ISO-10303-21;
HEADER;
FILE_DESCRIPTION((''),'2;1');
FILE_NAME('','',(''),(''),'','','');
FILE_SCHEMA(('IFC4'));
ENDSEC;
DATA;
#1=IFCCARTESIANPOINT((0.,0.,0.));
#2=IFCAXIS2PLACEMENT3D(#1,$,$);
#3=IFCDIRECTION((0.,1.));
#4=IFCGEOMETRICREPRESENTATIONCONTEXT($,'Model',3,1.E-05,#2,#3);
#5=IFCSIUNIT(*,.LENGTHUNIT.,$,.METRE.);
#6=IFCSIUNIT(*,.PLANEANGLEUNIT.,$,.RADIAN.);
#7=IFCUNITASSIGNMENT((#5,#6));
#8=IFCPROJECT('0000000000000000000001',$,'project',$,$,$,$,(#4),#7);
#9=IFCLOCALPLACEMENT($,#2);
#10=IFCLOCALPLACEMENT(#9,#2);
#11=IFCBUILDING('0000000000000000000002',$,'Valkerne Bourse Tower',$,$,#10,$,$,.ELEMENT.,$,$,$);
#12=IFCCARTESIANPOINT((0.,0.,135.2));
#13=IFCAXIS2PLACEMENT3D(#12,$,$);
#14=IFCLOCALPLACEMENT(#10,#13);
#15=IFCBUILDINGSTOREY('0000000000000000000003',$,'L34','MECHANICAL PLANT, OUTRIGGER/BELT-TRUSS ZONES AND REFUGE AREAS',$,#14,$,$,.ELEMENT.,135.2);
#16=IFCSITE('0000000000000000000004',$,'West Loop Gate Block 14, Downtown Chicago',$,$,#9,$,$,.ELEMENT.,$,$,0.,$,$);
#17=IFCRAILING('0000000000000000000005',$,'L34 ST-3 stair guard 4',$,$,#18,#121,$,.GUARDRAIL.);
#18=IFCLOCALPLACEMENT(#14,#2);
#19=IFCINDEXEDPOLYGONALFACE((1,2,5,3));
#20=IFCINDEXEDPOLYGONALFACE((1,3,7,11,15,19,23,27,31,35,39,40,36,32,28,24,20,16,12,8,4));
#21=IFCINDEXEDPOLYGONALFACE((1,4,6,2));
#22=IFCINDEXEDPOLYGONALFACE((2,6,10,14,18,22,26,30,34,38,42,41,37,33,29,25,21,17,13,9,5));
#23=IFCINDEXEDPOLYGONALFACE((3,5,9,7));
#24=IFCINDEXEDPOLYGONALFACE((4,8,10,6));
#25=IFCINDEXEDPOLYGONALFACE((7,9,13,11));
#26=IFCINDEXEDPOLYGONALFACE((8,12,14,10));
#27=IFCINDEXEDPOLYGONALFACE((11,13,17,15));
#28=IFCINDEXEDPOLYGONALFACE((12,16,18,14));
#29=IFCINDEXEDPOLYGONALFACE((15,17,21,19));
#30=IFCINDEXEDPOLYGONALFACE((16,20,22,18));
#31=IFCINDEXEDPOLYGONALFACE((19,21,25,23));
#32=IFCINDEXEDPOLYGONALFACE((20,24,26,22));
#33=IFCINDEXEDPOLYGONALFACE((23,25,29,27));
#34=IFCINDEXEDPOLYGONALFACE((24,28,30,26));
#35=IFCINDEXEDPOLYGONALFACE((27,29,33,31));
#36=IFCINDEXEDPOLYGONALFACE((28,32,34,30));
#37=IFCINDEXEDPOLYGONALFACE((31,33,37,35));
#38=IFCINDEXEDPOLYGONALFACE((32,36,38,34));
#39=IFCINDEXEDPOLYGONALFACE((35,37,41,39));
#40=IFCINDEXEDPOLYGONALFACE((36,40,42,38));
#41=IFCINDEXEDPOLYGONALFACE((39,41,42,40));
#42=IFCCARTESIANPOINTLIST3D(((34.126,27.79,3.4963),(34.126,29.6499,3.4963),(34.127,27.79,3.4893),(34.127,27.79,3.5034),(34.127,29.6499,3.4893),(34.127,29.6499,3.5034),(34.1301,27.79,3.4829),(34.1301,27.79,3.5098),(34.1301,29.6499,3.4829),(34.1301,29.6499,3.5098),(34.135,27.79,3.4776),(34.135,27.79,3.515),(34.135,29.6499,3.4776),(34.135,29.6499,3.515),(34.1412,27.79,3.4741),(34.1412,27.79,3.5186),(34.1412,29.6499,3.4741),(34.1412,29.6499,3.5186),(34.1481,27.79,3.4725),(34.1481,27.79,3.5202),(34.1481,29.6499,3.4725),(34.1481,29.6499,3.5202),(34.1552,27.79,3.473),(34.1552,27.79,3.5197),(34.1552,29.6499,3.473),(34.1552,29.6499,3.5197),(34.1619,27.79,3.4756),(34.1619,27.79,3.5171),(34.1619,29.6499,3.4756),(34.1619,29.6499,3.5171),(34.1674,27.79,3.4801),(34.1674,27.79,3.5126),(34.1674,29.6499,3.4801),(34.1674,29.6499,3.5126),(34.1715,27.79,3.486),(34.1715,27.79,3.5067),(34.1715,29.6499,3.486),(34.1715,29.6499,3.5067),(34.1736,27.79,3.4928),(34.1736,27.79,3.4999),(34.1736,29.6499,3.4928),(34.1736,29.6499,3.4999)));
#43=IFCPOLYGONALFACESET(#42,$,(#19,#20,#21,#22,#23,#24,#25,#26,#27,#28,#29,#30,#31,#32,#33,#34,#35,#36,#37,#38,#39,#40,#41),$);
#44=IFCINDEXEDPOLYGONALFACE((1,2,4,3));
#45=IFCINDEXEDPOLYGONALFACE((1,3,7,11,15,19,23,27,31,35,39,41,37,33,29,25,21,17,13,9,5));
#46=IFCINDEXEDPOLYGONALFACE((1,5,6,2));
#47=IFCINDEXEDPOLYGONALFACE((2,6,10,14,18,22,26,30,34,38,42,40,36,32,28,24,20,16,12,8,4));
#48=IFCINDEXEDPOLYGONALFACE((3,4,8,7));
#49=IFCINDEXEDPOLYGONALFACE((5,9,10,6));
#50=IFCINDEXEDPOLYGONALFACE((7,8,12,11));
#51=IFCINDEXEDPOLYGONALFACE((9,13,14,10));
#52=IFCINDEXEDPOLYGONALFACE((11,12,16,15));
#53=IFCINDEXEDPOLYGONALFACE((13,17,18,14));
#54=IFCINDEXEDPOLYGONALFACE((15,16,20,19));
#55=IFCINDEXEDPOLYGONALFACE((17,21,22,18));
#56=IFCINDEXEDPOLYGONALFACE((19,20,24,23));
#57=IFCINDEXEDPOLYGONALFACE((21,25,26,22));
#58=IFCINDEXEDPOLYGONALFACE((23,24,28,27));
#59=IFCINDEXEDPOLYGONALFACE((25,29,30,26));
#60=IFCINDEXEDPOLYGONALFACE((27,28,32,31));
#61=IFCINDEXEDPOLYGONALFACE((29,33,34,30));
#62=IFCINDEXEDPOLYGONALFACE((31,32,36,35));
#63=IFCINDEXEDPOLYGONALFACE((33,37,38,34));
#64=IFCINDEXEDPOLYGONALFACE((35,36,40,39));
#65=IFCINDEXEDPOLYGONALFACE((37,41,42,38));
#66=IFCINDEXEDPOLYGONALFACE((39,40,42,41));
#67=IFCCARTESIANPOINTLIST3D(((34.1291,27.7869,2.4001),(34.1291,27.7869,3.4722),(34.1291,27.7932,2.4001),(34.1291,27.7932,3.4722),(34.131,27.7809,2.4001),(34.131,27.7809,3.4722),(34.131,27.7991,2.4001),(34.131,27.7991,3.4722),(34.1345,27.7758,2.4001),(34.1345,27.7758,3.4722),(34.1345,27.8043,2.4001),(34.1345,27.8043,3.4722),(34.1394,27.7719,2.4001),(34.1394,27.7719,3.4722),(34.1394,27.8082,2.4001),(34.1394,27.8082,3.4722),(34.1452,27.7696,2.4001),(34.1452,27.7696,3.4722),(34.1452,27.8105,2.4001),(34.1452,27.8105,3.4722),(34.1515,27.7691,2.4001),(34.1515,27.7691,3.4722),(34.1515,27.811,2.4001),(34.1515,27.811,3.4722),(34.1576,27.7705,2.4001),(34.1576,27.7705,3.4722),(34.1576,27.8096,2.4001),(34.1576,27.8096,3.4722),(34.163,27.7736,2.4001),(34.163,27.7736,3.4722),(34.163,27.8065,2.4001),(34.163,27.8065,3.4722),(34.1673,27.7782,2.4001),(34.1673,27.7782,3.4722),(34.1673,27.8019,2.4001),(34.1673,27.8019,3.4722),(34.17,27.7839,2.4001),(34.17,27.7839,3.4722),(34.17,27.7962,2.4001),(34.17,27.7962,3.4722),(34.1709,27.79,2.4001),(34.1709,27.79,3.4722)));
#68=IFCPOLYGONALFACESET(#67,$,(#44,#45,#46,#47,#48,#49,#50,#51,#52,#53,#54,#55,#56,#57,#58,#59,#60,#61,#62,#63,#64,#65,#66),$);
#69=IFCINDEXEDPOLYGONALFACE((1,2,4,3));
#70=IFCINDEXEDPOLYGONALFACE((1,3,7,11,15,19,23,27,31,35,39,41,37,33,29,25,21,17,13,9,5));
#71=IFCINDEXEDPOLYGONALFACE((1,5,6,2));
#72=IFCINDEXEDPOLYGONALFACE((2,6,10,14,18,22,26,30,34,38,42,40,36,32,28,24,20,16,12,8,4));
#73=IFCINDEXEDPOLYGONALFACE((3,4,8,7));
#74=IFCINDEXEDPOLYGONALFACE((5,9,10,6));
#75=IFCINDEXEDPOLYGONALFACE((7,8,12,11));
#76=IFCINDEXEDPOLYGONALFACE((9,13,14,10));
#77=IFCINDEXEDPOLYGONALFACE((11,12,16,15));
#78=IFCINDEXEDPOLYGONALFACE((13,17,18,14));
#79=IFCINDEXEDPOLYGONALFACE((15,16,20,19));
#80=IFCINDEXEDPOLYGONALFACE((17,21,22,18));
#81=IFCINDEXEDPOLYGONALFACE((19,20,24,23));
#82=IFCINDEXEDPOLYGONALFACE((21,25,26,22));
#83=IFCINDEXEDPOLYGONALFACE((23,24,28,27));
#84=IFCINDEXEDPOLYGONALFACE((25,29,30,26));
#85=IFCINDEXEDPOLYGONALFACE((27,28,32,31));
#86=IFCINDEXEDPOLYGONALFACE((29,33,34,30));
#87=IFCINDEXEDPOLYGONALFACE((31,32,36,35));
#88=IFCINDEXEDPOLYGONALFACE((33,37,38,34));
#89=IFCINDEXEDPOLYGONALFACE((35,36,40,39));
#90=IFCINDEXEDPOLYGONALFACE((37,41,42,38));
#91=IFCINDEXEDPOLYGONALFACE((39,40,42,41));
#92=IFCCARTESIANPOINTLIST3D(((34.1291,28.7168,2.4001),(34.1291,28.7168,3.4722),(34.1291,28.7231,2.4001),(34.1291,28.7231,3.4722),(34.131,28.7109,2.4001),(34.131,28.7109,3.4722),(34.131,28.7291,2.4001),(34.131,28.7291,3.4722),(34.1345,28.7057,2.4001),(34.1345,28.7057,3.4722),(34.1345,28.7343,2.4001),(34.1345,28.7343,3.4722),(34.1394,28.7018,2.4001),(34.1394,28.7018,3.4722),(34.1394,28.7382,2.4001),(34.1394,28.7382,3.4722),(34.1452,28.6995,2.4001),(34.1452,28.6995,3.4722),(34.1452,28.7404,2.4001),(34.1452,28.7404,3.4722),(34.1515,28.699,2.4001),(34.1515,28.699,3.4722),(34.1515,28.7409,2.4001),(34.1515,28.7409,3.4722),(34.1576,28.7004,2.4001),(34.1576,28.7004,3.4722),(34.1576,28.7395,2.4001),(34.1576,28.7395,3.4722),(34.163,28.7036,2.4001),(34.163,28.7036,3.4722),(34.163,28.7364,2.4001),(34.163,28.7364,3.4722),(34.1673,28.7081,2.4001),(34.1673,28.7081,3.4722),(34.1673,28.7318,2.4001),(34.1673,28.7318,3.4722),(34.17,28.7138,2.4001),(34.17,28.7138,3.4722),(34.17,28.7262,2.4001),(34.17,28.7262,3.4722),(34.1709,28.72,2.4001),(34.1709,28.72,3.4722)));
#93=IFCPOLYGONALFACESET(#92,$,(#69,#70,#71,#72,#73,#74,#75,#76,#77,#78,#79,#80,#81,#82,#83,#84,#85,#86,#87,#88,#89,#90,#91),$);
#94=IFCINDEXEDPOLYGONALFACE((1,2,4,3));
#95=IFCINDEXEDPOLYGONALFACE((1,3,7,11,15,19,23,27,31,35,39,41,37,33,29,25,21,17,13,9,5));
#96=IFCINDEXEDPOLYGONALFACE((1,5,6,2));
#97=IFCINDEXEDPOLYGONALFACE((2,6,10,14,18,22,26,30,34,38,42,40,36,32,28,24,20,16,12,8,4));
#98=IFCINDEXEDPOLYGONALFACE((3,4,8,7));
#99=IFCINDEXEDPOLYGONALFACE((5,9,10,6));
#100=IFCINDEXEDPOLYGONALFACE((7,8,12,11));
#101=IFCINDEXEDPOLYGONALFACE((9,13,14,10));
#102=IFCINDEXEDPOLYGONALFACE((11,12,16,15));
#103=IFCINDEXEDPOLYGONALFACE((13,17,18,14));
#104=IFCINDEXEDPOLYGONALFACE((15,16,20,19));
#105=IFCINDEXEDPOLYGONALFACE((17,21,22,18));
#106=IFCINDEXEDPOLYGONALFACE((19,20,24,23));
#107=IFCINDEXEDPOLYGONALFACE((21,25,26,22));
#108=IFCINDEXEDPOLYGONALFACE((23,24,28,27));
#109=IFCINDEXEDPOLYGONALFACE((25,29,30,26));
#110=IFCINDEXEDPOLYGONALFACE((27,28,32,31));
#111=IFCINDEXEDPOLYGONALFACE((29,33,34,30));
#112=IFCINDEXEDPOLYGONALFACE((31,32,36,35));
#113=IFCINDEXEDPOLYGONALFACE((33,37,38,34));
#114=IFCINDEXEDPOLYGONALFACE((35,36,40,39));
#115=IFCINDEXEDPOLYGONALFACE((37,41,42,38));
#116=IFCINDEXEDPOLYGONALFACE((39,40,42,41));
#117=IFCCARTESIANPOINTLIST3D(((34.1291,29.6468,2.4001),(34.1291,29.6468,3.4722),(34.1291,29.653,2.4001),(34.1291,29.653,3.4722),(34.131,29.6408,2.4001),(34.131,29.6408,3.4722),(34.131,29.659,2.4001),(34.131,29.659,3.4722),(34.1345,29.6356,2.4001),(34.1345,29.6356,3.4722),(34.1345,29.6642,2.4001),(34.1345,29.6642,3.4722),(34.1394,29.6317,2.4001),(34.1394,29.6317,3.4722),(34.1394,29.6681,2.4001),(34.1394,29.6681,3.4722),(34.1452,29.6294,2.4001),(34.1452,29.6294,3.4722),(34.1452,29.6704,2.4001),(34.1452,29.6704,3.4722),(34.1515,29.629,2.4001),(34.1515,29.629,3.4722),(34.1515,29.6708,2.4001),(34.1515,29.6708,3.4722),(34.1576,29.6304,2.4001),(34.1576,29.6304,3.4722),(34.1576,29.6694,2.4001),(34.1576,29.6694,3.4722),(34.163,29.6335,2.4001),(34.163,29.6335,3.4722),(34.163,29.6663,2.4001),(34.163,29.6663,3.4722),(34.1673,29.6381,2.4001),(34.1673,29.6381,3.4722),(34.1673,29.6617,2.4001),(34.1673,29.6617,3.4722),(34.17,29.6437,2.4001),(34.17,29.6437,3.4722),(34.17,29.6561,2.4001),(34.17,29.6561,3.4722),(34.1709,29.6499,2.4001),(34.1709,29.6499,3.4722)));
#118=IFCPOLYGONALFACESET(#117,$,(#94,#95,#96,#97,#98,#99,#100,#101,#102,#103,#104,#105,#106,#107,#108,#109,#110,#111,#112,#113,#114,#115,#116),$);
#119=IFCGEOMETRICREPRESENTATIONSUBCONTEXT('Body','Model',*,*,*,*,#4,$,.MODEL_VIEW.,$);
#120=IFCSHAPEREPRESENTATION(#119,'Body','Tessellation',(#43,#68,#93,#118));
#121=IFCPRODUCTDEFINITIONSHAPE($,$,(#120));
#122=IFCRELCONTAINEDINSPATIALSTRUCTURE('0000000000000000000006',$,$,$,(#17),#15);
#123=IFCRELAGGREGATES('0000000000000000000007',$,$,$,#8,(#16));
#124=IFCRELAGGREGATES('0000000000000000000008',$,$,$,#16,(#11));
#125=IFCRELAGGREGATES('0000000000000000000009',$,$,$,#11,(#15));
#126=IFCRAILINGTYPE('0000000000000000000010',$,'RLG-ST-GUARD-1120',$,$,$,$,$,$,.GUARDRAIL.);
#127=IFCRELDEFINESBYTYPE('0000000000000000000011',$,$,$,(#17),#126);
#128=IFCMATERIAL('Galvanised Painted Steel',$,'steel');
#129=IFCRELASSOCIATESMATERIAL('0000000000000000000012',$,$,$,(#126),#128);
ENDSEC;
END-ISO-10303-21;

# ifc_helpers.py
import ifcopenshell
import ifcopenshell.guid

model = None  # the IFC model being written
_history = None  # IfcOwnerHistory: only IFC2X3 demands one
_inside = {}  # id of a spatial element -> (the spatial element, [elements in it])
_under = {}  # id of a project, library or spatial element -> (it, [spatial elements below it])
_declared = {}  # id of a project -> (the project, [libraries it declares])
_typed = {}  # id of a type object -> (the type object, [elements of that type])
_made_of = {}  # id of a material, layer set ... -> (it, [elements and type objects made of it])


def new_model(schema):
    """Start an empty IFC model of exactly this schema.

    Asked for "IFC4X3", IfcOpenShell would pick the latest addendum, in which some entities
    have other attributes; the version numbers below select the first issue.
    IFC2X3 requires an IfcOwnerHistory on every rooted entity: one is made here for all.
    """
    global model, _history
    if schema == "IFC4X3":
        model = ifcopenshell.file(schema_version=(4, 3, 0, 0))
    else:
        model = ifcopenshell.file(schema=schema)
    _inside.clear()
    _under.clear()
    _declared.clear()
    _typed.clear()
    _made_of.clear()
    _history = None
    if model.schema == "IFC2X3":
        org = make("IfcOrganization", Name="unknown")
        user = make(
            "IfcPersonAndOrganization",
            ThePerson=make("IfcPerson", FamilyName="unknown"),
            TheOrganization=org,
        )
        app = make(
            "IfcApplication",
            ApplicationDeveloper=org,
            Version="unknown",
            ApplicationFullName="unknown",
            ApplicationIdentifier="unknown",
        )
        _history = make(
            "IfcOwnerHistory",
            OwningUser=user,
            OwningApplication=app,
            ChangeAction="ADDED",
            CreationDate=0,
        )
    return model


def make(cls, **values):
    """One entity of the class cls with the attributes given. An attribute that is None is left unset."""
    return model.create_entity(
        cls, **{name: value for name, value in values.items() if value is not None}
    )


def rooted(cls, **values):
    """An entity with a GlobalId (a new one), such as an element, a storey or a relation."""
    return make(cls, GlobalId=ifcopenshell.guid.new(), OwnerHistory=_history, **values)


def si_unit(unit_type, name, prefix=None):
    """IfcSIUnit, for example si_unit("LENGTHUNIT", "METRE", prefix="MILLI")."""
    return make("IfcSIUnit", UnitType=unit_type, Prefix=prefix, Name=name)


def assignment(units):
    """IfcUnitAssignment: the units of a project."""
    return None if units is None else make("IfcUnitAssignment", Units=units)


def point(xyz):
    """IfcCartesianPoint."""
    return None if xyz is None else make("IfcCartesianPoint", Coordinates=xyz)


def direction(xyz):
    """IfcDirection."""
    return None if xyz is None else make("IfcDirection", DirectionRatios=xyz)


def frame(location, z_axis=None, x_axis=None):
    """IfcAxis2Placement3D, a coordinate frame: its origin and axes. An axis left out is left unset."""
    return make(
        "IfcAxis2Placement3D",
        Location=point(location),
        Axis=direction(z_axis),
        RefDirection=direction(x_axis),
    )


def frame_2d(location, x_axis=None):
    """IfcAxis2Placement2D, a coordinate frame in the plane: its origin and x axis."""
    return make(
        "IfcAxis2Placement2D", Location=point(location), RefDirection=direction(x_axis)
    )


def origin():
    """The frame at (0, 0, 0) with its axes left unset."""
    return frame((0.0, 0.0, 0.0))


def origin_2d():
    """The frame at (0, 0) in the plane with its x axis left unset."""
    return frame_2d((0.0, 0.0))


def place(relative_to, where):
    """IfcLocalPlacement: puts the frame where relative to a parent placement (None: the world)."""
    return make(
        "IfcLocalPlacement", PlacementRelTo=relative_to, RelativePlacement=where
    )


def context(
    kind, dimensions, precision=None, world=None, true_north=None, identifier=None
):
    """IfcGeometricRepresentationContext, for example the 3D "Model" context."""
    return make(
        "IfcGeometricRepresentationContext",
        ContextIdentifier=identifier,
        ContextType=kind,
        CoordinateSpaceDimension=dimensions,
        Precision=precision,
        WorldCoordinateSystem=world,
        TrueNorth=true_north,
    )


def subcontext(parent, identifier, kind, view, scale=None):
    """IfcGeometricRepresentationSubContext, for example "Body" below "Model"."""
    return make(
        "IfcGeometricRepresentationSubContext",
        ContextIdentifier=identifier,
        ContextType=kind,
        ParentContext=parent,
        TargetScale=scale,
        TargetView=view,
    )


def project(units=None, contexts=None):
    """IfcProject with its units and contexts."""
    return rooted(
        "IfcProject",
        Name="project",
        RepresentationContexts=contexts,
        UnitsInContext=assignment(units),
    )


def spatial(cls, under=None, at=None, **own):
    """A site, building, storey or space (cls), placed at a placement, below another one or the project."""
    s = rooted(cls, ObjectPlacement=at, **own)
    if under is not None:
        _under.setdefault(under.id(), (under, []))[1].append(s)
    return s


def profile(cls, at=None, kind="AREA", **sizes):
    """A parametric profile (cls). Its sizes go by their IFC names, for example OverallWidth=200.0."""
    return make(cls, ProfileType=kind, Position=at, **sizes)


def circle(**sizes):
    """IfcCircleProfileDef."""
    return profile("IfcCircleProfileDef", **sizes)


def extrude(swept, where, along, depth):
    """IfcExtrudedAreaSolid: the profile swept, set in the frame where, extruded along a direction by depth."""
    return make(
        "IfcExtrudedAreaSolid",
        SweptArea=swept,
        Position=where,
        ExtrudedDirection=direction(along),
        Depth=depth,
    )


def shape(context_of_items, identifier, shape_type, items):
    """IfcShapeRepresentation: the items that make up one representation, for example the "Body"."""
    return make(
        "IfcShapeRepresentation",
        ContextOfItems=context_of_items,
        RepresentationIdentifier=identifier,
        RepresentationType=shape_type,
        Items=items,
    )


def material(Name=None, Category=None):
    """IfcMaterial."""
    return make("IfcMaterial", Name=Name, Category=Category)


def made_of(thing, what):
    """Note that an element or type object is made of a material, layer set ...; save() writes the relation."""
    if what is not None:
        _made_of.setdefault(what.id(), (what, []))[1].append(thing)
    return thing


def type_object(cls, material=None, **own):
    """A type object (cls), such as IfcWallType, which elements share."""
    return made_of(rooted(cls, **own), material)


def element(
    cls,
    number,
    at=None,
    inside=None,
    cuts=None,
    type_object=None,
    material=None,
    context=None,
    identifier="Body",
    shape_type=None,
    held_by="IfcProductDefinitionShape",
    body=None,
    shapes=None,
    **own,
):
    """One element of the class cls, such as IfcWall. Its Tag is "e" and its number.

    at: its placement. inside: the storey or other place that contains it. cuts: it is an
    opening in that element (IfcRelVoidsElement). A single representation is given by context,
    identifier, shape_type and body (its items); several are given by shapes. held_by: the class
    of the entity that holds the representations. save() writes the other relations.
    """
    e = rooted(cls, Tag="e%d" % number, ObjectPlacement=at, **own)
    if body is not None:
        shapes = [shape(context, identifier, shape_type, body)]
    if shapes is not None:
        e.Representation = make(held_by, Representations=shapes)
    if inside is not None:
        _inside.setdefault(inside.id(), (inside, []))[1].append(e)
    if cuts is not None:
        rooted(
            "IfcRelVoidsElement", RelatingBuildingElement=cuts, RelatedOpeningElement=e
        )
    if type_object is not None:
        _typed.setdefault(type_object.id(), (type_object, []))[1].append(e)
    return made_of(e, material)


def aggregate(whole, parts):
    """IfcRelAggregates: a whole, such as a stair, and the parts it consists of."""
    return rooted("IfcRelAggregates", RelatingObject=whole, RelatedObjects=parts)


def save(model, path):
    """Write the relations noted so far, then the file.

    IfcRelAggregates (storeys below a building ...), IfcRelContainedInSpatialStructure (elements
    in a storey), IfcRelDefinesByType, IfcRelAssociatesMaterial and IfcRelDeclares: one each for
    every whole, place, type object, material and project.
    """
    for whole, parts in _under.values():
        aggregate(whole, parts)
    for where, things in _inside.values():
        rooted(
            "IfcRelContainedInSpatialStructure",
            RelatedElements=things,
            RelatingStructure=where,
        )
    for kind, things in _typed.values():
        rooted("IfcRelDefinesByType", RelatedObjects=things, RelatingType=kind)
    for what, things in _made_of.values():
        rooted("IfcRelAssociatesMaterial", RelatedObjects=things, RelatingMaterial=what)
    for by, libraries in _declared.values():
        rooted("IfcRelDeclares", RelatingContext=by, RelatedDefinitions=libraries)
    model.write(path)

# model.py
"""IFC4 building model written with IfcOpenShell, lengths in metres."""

from ifc_helpers import new_model, si_unit, direction, frame, origin, origin_2d, place, context, subcontext, project, spatial, circle, extrude, material, type_object, element, save


model = new_model("IFC4")

# Units and contexts
model_context = context("Model", 3, precision=1e-05, world=origin(), true_north=direction((0.0, 1.0)))
body_context = subcontext(model_context, "Body", "Model", "MODEL_VIEW")
ifc_project = project(units=[si_unit("LENGTHUNIT", "METRE"), si_unit("PLANEANGLEUNIT", "RADIAN")], contexts=[model_context])

# Site, building, storey
site_placement = place(None, origin())
site = spatial("IfcSite", under=ifc_project, at=site_placement, Name="West Loop Gate Block 14, Downtown Chicago", CompositionType="ELEMENT", RefElevation=0.0)
building_placement = place(site_placement, origin())
building = spatial("IfcBuilding", under=site, at=building_placement, Name="Valkerne Bourse Tower", CompositionType="ELEMENT")
storey_placement = place(building_placement, frame((0.0, 0.0, 135.2)))
storey = spatial("IfcBuildingStorey", under=building, at=storey_placement, Name="L34", Description="MECHANICAL PLANT, OUTRIGGER/BELT-TRUSS ZONES AND REFUGE AREAS", CompositionType="ELEMENT", Elevation=135.2)

# Shared definitions
ifc_material_1 = material(Name="Galvanised Painted Steel", Category="steel")

# Railing
railing_type_1 = type_object("IfcRailingType", Name="RLG-ST-GUARD-1120", PredefinedType="GUARDRAIL", material=ifc_material_1)
for number, where, name in (
    (1, (34.1499, 27.79, 2.4001), "L34 ST-3 stair guard 4"),
):
    element("IfcRailing", number, at=place(storey_placement, frame(where)), inside=storey, type_object=railing_type_1, Name=name, PredefinedType="GUARDRAIL", context=body_context, shape_type="SweptSolid", body=[
        extrude(circle(Radius=0.0239, at=origin_2d()), frame((0.0, 0.0, 1.0962), z_axis=(0.0, 1.0, 0.0), x_axis=(-1.0, 0.0, 0.0)), (0.0, 0.0, 1.0), 1.8599),
        extrude(circle(Radius=0.021, at=origin_2d()), origin(), (0.0, 0.0, 1.0), 1.072),
        extrude(circle(Radius=0.021, at=origin_2d()), frame((0.0, 0.9299, 0.0)), (0.0, 0.0, 1.0), 1.072),
        extrude(circle(Radius=0.021, at=origin_2d()), frame((0.0, 1.8599, 0.0)), (0.0, 0.0, 1.0), 1.072),
    ])

save(model, "model.ifc")
